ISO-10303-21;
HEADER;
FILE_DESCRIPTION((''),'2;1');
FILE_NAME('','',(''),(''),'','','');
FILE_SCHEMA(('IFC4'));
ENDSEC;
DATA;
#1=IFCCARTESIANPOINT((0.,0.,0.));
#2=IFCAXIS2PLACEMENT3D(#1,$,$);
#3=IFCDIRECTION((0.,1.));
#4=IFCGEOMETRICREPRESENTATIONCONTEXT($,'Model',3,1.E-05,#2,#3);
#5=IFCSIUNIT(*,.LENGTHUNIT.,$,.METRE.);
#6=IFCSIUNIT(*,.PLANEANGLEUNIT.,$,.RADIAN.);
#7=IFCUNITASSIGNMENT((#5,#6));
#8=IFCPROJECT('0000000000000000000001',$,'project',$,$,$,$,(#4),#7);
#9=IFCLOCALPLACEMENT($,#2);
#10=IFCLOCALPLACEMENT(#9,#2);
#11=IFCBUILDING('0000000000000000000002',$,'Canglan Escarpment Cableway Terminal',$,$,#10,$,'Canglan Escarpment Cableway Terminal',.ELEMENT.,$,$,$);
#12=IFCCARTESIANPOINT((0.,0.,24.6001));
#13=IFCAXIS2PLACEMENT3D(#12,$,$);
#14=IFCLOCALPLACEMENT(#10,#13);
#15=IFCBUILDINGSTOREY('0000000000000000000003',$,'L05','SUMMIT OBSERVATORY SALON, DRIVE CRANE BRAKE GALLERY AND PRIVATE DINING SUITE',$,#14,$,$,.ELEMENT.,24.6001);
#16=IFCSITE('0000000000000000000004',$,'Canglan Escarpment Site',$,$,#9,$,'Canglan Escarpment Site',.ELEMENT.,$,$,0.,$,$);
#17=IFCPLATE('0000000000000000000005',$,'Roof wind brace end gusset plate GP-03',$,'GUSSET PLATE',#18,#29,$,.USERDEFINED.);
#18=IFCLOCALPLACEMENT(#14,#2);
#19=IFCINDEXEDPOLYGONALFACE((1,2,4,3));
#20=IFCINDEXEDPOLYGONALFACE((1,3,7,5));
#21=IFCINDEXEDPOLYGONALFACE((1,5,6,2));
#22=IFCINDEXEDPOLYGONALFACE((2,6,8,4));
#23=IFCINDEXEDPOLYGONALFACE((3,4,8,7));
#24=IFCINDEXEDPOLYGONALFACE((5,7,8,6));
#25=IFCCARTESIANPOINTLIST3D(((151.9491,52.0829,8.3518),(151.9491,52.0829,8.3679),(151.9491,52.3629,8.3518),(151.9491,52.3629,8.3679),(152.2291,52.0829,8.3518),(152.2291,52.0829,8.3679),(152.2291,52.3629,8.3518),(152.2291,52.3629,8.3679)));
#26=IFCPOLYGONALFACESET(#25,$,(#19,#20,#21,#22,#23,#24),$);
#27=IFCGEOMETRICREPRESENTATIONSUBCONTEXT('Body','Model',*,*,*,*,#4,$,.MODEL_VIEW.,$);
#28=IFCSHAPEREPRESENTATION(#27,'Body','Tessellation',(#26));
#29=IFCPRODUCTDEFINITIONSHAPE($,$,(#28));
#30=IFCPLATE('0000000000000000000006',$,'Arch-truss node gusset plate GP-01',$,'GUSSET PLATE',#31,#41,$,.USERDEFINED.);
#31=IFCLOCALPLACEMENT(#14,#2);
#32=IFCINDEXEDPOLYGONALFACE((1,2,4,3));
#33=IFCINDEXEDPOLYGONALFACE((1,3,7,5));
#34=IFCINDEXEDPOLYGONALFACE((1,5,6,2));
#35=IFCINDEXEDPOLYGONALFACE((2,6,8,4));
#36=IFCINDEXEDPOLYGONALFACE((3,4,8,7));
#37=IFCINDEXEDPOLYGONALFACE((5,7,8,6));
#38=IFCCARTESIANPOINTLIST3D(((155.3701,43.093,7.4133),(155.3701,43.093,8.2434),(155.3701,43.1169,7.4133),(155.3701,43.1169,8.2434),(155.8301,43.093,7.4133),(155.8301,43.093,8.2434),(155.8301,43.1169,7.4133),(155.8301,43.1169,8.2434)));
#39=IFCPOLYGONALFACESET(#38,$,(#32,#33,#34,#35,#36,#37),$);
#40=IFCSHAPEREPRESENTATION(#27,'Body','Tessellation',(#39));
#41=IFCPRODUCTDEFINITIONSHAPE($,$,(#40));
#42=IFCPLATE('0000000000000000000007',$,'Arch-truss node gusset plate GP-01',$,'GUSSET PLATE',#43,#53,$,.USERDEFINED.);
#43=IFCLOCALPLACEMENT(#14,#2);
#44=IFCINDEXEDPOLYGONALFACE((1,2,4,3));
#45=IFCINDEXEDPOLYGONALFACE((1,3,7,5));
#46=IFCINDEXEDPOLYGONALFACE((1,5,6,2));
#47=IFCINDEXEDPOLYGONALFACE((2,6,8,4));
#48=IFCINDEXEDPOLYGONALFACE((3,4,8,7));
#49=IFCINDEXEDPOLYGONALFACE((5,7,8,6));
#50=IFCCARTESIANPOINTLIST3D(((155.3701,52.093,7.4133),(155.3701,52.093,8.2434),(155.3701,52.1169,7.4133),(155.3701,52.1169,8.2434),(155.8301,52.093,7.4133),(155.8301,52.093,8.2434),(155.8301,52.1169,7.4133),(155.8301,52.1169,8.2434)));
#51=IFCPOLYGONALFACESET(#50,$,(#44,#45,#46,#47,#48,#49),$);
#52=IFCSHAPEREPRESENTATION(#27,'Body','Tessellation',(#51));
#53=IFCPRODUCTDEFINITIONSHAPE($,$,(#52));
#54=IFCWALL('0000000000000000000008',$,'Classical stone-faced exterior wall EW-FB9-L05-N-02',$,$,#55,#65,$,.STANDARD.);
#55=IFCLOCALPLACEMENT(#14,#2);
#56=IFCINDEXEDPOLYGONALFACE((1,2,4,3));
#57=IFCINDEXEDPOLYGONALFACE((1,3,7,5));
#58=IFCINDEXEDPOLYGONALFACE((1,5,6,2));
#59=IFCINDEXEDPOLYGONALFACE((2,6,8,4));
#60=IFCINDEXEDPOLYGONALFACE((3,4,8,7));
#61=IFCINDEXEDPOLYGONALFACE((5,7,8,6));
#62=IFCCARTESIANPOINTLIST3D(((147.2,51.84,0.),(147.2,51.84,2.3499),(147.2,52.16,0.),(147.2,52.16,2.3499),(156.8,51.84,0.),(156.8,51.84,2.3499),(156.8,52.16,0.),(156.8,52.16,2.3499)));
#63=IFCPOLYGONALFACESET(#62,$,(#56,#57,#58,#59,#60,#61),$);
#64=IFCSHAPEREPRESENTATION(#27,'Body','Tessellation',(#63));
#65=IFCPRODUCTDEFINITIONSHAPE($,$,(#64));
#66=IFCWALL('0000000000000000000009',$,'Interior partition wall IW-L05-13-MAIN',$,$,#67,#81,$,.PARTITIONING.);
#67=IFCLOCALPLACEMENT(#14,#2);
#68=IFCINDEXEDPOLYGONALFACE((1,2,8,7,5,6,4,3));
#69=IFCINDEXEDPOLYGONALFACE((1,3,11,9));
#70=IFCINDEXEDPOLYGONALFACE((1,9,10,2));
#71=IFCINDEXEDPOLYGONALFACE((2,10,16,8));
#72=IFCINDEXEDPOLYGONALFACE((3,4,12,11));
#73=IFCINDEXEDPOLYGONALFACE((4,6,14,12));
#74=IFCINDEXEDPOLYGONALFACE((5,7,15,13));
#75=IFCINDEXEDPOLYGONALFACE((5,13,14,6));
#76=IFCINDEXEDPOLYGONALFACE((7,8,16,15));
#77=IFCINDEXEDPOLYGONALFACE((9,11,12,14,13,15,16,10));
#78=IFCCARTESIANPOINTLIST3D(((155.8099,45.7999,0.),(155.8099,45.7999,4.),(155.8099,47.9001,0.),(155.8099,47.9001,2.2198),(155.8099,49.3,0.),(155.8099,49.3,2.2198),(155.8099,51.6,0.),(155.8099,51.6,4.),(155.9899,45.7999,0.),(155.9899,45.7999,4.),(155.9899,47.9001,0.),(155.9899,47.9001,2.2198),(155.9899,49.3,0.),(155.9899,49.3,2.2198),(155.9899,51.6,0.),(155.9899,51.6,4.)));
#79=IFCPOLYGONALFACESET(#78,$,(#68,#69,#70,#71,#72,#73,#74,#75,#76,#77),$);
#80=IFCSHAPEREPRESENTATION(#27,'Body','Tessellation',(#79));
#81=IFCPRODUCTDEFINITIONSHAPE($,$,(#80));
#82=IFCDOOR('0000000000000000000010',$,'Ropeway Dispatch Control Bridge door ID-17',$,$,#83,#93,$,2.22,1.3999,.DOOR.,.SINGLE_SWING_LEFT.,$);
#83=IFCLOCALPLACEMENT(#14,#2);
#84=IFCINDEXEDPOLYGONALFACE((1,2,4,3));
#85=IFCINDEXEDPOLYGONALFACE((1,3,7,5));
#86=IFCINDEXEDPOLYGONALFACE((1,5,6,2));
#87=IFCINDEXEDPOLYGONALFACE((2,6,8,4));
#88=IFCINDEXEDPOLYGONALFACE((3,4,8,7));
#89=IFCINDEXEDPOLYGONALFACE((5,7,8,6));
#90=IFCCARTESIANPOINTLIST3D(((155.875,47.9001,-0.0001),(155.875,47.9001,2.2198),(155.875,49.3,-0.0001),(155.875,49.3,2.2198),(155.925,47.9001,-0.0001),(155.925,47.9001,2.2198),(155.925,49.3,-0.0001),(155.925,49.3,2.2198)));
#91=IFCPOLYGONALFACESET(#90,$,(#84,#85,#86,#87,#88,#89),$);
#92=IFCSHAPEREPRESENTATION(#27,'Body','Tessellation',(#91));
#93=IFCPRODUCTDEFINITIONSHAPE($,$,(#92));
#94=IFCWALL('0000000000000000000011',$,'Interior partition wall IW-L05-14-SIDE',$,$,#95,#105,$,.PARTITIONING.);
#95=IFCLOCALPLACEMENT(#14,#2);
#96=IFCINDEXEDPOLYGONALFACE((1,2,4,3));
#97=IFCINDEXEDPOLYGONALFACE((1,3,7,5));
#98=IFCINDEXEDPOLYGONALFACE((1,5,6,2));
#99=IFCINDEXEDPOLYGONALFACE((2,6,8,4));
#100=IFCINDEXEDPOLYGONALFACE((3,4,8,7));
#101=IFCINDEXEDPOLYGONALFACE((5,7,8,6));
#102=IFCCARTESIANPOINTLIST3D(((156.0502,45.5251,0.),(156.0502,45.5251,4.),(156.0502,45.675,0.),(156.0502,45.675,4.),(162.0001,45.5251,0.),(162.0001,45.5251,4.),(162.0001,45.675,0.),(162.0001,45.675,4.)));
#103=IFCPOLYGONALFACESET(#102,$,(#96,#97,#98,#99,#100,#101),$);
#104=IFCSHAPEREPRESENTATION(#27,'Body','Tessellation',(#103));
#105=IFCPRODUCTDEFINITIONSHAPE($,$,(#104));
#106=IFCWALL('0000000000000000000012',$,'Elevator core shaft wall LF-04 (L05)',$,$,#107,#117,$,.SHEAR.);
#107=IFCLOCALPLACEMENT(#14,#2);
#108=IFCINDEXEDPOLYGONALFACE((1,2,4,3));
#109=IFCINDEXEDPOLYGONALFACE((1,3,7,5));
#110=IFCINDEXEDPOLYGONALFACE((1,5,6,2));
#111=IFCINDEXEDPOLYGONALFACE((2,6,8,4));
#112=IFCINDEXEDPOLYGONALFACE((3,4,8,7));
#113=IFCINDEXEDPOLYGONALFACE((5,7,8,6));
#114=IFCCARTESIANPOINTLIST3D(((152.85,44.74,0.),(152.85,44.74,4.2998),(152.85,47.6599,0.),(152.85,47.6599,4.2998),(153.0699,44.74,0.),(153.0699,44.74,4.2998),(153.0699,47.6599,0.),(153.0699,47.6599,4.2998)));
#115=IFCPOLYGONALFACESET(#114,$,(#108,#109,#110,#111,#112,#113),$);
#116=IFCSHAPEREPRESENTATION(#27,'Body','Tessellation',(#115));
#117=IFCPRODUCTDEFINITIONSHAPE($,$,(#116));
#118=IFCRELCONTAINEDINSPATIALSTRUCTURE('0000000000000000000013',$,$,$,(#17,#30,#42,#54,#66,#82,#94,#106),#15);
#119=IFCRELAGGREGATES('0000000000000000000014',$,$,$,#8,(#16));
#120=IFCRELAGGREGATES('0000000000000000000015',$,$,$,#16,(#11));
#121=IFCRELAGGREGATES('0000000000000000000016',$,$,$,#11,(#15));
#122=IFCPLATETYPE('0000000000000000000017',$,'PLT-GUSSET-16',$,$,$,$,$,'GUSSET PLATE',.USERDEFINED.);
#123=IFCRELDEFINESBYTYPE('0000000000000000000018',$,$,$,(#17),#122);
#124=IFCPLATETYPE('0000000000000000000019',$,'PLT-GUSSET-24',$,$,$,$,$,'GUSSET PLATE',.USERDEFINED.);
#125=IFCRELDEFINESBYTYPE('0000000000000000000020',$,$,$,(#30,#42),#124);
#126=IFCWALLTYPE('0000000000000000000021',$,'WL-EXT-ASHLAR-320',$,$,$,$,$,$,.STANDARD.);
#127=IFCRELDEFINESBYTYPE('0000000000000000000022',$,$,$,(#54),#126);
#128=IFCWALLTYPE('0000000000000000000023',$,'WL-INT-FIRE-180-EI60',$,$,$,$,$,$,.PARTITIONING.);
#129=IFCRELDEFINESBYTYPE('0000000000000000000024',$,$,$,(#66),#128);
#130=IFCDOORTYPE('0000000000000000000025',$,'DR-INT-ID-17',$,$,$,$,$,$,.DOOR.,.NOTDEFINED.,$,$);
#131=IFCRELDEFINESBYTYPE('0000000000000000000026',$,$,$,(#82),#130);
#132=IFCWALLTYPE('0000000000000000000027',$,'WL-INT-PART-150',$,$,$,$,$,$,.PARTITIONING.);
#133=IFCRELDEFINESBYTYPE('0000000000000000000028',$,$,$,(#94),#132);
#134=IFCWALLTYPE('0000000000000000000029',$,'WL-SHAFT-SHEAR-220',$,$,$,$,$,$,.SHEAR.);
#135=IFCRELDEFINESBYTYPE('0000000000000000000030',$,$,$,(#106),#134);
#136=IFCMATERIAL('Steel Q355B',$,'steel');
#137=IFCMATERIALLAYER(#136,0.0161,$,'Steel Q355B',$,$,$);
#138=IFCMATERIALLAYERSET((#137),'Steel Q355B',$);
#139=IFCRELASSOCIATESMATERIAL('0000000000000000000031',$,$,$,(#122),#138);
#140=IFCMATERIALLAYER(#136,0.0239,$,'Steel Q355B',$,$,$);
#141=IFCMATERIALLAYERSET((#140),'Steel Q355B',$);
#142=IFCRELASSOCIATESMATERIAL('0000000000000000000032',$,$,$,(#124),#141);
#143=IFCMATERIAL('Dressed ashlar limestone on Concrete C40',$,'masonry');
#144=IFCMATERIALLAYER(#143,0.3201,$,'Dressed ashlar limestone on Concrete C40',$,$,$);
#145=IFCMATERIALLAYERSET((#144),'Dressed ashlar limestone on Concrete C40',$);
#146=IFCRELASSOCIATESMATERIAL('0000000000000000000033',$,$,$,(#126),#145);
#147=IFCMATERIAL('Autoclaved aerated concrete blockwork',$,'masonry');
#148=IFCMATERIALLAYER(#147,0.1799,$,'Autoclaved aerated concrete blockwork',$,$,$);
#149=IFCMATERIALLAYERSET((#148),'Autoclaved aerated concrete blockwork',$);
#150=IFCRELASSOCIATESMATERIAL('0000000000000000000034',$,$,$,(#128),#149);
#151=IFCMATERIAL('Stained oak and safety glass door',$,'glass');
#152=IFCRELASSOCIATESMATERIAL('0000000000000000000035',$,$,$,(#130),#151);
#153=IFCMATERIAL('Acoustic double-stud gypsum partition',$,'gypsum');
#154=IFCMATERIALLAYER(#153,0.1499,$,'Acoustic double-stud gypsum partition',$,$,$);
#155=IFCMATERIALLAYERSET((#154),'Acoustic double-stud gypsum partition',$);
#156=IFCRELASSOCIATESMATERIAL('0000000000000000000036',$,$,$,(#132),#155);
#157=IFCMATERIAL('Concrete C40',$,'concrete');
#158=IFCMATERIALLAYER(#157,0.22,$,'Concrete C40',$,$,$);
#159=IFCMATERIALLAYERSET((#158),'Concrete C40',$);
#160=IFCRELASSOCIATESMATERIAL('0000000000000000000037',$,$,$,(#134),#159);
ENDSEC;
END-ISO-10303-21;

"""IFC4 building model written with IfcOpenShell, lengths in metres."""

from ifc_helpers import new_model, si_unit, direction, frame, frame_2d, origin, origin_2d, place, context, subcontext, project, spatial, rectangle, extrude, material, layer, layer_set, type_object, element, fill, save


model = new_model("IFC4")

# Units and contexts
model_context = context("Model", 3, precision=1e-05, world=origin(), true_north=direction((0.0, 1.0)))
body_context = subcontext(model_context, "Body", "Model", "MODEL_VIEW")
ifc_project = project(units=[si_unit("LENGTHUNIT", "METRE"), si_unit("PLANEANGLEUNIT", "RADIAN")], contexts=[model_context])

# Site, building, storey
site_placement = place(None, origin())
site = spatial("IfcSite", under=ifc_project, at=site_placement, Name="Canglan Escarpment Site", LongName="Canglan Escarpment Site", CompositionType="ELEMENT", RefElevation=0.0)
building_placement = place(site_placement, origin())
building = spatial("IfcBuilding", under=site, at=building_placement, Name="Canglan Escarpment Cableway Terminal", LongName="Canglan Escarpment Cableway Terminal", CompositionType="ELEMENT")
storey_placement = place(building_placement, frame((0.0, 0.0, 24.6001)))
storey = spatial("IfcBuildingStorey", under=building, at=storey_placement, Name="L05", Description="SUMMIT OBSERVATORY SALON, DRIVE CRANE BRAKE GALLERY AND PRIVATE DINING SUITE", CompositionType="ELEMENT", Elevation=24.6001)

# Shared definitions
ifc_material_1 = material(Name="Steel Q355B", Category="steel")

# Plates
ifc_layer_1 = layer(ifc_material_1, 0.0161, Name="Steel Q355B")
ifc_layer_set_1 = layer_set([ifc_layer_1], Name="Steel Q355B")
plate_type_1 = type_object("IfcPlateType", Name="PLT-GUSSET-16", ElementType="GUSSET PLATE", PredefinedType="USERDEFINED", material=ifc_layer_set_1)
for number, where, z_axis, x_axis, name in (
    (1, (152.0891, 52.2229, 8.3518), (0.0, 0.0, 1.0), (1.0, 0.0, 0.0), "Roof wind brace end gusset plate GP-03"),
):
    element("IfcPlate", number, at=place(storey_placement, frame(where, z_axis=z_axis, x_axis=x_axis)), inside=storey, type_object=plate_type_1, Name=name, ObjectType="GUSSET PLATE", PredefinedType="USERDEFINED", context=body_context, shape_type="SweptSolid", body=[
        extrude(rectangle(XDim=0.28, YDim=0.28, at=origin_2d()), origin(), (0.0, 0.0, 1.0), 0.0161),
    ])
ifc_layer_2 = layer(ifc_material_1, 0.0239, Name="Steel Q355B")
ifc_layer_set_2 = layer_set([ifc_layer_2], Name="Steel Q355B")
plate_type_2 = type_object("IfcPlateType", Name="PLT-GUSSET-24", ElementType="GUSSET PLATE", PredefinedType="USERDEFINED", material=ifc_layer_set_2)
for number, where, z_axis, x_axis, name in (
    (2, (155.6001, 43.105, 7.4133), (0.0, 0.0, 1.0), (1.0, 0.0, 0.0), "Arch-truss node gusset plate GP-01"),
    (3, (155.6001, 52.105, 7.4133), (0.0, 0.0, 1.0), (1.0, 0.0, 0.0), "Arch-truss node gusset plate GP-01"),
):
    element("IfcPlate", number, at=place(storey_placement, frame(where, z_axis=z_axis, x_axis=x_axis)), inside=storey, type_object=plate_type_2, Name=name, ObjectType="GUSSET PLATE", PredefinedType="USERDEFINED", context=body_context, shape_type="SweptSolid", body=[
        extrude(rectangle(XDim=0.46, YDim=0.0239, at=origin_2d()), origin(), (0.0, 0.0, 1.0), 0.8301),
    ])

# Wall
ifc_material_2 = material(Name="Dressed ashlar limestone on Concrete C40", Category="masonry")
ifc_layer_3 = layer(ifc_material_2, 0.3201, Name="Dressed ashlar limestone on Concrete C40")
ifc_layer_set_3 = layer_set([ifc_layer_3], Name="Dressed ashlar limestone on Concrete C40")
wall_type_1 = type_object("IfcWallType", Name="WL-EXT-ASHLAR-320", PredefinedType="STANDARD", material=ifc_layer_set_3)
wall_1_placement = place(storey_placement, frame((156.8, 52.0, 0.0), z_axis=(0.0, 0.0, 1.0), x_axis=(-1.0, 0.0, 0.0)))
element("IfcWall", 4, at=wall_1_placement, inside=storey, type_object=wall_type_1, Name="Classical stone-faced exterior wall EW-FB9-L05-N-02", PredefinedType="STANDARD", context=body_context, shape_type="SweptSolid", body=[
    extrude(rectangle(XDim=9.6001, YDim=0.3201, at=frame_2d((4.8, 0.0))), origin(), (0.0, 0.0, 1.0), 2.3499),
])

# Wall, opening, door
ifc_material_3 = material(Name="Autoclaved aerated concrete blockwork", Category="masonry")
ifc_layer_4 = layer(ifc_material_3, 0.1799, Name="Autoclaved aerated concrete blockwork")
ifc_layer_set_4 = layer_set([ifc_layer_4], Name="Autoclaved aerated concrete blockwork")
wall_type_2 = type_object("IfcWallType", Name="WL-INT-FIRE-180-EI60", PredefinedType="PARTITIONING", material=ifc_layer_set_4)
wall_2_placement = place(storey_placement, frame((155.8999, 45.8, 0.0), z_axis=(0.0, 0.0, 1.0), x_axis=(0.0, 1.0, 0.0)))
wall_2 = element("IfcWall", 5, at=wall_2_placement, inside=storey, type_object=wall_type_2, Name="Interior partition wall IW-L05-13-MAIN", PredefinedType="PARTITIONING", context=body_context, shape_type="SweptSolid", body=[
    extrude(rectangle(XDim=5.8, YDim=0.1799, at=frame_2d((2.8999, 0.0))), origin(), (0.0, 0.0, 1.0), 4.0),
])
opening_1_placement = place(wall_2_placement, frame((2.1001, 0.0, 0.0)))
opening_1 = element("IfcOpeningElement", 6, at=opening_1_placement, cuts=wall_2, PredefinedType="OPENING", context=body_context, shape_type="SweptSolid", body=[
    extrude(rectangle(XDim=1.3999, YDim=2.22, at=frame_2d((0.7, 1.1099))), frame((0.0, 0.1001, 0.0), z_axis=(0.0, -1.0, 0.0), x_axis=(1.0, 0.0, 0.0)), (0.0, 0.0, 1.0), 0.2),
])
ifc_material_4 = material(Name="Stained oak and safety glass door", Category="glass")
door_type_1 = type_object("IfcDoorType", Name="DR-INT-ID-17", OperationType="NOTDEFINED", PredefinedType="DOOR", material=ifc_material_4)
door_1_placement = place(opening_1_placement, origin())
door_1 = element("IfcDoor", 7, at=door_1_placement, inside=storey, type_object=door_type_1, Name="Ropeway Dispatch Control Bridge door ID-17", OperationType="SINGLE_SWING_LEFT", OverallHeight=2.22, OverallWidth=1.3999, PredefinedType="DOOR", context=body_context, shape_type="SweptSolid", body=[
    extrude(rectangle(XDim=1.3999, YDim=2.22, at=frame_2d((0.7, 1.1099))), frame((0.0, 0.0249, 0.0), z_axis=(0.0, -1.0, 0.0), x_axis=(1.0, 0.0, 0.0)), (0.0, 0.0, 1.0), 0.05),
])
fill(opening_1, door_1)

# Walls
ifc_material_5 = material(Name="Acoustic double-stud gypsum partition", Category="gypsum")
ifc_layer_5 = layer(ifc_material_5, 0.1499, Name="Acoustic double-stud gypsum partition")
ifc_layer_set_5 = layer_set([ifc_layer_5], Name="Acoustic double-stud gypsum partition")
wall_type_3 = type_object("IfcWallType", Name="WL-INT-PART-150", PredefinedType="PARTITIONING", material=ifc_layer_set_5)
wall_3_placement = place(storey_placement, frame((156.05, 45.6001, 0.0), z_axis=(0.0, 0.0, 1.0), x_axis=(1.0, 0.0, 0.0)))
element("IfcWall", 8, at=wall_3_placement, inside=storey, type_object=wall_type_3, Name="Interior partition wall IW-L05-14-SIDE", PredefinedType="PARTITIONING", context=body_context, shape_type="SweptSolid", body=[
    extrude(rectangle(XDim=5.95, YDim=0.1499, at=frame_2d((2.9751, 0.0))), origin(), (0.0, 0.0, 1.0), 4.0),
])
ifc_material_6 = material(Name="Concrete C40", Category="concrete")
ifc_layer_6 = layer(ifc_material_6, 0.22, Name="Concrete C40")
ifc_layer_set_6 = layer_set([ifc_layer_6], Name="Concrete C40")
wall_type_4 = type_object("IfcWallType", Name="WL-SHAFT-SHEAR-220", PredefinedType="SHEAR", material=ifc_layer_set_6)
wall_4_placement = place(storey_placement, frame((152.96, 44.74, 0.0), z_axis=(0.0, 0.0, 1.0), x_axis=(0.0, 1.0, 0.0)))
element("IfcWall", 9, at=wall_4_placement, inside=storey, type_object=wall_type_4, Name="Elevator core shaft wall LF-04 (L05)", PredefinedType="SHEAR", context=body_context, shape_type="SweptSolid", body=[
    extrude(rectangle(XDim=2.9199, YDim=0.22, at=frame_2d((1.46, 0.0))), origin(), (0.0, 0.0, 1.0), 4.2998),
])

save(model, "model.ifc")
